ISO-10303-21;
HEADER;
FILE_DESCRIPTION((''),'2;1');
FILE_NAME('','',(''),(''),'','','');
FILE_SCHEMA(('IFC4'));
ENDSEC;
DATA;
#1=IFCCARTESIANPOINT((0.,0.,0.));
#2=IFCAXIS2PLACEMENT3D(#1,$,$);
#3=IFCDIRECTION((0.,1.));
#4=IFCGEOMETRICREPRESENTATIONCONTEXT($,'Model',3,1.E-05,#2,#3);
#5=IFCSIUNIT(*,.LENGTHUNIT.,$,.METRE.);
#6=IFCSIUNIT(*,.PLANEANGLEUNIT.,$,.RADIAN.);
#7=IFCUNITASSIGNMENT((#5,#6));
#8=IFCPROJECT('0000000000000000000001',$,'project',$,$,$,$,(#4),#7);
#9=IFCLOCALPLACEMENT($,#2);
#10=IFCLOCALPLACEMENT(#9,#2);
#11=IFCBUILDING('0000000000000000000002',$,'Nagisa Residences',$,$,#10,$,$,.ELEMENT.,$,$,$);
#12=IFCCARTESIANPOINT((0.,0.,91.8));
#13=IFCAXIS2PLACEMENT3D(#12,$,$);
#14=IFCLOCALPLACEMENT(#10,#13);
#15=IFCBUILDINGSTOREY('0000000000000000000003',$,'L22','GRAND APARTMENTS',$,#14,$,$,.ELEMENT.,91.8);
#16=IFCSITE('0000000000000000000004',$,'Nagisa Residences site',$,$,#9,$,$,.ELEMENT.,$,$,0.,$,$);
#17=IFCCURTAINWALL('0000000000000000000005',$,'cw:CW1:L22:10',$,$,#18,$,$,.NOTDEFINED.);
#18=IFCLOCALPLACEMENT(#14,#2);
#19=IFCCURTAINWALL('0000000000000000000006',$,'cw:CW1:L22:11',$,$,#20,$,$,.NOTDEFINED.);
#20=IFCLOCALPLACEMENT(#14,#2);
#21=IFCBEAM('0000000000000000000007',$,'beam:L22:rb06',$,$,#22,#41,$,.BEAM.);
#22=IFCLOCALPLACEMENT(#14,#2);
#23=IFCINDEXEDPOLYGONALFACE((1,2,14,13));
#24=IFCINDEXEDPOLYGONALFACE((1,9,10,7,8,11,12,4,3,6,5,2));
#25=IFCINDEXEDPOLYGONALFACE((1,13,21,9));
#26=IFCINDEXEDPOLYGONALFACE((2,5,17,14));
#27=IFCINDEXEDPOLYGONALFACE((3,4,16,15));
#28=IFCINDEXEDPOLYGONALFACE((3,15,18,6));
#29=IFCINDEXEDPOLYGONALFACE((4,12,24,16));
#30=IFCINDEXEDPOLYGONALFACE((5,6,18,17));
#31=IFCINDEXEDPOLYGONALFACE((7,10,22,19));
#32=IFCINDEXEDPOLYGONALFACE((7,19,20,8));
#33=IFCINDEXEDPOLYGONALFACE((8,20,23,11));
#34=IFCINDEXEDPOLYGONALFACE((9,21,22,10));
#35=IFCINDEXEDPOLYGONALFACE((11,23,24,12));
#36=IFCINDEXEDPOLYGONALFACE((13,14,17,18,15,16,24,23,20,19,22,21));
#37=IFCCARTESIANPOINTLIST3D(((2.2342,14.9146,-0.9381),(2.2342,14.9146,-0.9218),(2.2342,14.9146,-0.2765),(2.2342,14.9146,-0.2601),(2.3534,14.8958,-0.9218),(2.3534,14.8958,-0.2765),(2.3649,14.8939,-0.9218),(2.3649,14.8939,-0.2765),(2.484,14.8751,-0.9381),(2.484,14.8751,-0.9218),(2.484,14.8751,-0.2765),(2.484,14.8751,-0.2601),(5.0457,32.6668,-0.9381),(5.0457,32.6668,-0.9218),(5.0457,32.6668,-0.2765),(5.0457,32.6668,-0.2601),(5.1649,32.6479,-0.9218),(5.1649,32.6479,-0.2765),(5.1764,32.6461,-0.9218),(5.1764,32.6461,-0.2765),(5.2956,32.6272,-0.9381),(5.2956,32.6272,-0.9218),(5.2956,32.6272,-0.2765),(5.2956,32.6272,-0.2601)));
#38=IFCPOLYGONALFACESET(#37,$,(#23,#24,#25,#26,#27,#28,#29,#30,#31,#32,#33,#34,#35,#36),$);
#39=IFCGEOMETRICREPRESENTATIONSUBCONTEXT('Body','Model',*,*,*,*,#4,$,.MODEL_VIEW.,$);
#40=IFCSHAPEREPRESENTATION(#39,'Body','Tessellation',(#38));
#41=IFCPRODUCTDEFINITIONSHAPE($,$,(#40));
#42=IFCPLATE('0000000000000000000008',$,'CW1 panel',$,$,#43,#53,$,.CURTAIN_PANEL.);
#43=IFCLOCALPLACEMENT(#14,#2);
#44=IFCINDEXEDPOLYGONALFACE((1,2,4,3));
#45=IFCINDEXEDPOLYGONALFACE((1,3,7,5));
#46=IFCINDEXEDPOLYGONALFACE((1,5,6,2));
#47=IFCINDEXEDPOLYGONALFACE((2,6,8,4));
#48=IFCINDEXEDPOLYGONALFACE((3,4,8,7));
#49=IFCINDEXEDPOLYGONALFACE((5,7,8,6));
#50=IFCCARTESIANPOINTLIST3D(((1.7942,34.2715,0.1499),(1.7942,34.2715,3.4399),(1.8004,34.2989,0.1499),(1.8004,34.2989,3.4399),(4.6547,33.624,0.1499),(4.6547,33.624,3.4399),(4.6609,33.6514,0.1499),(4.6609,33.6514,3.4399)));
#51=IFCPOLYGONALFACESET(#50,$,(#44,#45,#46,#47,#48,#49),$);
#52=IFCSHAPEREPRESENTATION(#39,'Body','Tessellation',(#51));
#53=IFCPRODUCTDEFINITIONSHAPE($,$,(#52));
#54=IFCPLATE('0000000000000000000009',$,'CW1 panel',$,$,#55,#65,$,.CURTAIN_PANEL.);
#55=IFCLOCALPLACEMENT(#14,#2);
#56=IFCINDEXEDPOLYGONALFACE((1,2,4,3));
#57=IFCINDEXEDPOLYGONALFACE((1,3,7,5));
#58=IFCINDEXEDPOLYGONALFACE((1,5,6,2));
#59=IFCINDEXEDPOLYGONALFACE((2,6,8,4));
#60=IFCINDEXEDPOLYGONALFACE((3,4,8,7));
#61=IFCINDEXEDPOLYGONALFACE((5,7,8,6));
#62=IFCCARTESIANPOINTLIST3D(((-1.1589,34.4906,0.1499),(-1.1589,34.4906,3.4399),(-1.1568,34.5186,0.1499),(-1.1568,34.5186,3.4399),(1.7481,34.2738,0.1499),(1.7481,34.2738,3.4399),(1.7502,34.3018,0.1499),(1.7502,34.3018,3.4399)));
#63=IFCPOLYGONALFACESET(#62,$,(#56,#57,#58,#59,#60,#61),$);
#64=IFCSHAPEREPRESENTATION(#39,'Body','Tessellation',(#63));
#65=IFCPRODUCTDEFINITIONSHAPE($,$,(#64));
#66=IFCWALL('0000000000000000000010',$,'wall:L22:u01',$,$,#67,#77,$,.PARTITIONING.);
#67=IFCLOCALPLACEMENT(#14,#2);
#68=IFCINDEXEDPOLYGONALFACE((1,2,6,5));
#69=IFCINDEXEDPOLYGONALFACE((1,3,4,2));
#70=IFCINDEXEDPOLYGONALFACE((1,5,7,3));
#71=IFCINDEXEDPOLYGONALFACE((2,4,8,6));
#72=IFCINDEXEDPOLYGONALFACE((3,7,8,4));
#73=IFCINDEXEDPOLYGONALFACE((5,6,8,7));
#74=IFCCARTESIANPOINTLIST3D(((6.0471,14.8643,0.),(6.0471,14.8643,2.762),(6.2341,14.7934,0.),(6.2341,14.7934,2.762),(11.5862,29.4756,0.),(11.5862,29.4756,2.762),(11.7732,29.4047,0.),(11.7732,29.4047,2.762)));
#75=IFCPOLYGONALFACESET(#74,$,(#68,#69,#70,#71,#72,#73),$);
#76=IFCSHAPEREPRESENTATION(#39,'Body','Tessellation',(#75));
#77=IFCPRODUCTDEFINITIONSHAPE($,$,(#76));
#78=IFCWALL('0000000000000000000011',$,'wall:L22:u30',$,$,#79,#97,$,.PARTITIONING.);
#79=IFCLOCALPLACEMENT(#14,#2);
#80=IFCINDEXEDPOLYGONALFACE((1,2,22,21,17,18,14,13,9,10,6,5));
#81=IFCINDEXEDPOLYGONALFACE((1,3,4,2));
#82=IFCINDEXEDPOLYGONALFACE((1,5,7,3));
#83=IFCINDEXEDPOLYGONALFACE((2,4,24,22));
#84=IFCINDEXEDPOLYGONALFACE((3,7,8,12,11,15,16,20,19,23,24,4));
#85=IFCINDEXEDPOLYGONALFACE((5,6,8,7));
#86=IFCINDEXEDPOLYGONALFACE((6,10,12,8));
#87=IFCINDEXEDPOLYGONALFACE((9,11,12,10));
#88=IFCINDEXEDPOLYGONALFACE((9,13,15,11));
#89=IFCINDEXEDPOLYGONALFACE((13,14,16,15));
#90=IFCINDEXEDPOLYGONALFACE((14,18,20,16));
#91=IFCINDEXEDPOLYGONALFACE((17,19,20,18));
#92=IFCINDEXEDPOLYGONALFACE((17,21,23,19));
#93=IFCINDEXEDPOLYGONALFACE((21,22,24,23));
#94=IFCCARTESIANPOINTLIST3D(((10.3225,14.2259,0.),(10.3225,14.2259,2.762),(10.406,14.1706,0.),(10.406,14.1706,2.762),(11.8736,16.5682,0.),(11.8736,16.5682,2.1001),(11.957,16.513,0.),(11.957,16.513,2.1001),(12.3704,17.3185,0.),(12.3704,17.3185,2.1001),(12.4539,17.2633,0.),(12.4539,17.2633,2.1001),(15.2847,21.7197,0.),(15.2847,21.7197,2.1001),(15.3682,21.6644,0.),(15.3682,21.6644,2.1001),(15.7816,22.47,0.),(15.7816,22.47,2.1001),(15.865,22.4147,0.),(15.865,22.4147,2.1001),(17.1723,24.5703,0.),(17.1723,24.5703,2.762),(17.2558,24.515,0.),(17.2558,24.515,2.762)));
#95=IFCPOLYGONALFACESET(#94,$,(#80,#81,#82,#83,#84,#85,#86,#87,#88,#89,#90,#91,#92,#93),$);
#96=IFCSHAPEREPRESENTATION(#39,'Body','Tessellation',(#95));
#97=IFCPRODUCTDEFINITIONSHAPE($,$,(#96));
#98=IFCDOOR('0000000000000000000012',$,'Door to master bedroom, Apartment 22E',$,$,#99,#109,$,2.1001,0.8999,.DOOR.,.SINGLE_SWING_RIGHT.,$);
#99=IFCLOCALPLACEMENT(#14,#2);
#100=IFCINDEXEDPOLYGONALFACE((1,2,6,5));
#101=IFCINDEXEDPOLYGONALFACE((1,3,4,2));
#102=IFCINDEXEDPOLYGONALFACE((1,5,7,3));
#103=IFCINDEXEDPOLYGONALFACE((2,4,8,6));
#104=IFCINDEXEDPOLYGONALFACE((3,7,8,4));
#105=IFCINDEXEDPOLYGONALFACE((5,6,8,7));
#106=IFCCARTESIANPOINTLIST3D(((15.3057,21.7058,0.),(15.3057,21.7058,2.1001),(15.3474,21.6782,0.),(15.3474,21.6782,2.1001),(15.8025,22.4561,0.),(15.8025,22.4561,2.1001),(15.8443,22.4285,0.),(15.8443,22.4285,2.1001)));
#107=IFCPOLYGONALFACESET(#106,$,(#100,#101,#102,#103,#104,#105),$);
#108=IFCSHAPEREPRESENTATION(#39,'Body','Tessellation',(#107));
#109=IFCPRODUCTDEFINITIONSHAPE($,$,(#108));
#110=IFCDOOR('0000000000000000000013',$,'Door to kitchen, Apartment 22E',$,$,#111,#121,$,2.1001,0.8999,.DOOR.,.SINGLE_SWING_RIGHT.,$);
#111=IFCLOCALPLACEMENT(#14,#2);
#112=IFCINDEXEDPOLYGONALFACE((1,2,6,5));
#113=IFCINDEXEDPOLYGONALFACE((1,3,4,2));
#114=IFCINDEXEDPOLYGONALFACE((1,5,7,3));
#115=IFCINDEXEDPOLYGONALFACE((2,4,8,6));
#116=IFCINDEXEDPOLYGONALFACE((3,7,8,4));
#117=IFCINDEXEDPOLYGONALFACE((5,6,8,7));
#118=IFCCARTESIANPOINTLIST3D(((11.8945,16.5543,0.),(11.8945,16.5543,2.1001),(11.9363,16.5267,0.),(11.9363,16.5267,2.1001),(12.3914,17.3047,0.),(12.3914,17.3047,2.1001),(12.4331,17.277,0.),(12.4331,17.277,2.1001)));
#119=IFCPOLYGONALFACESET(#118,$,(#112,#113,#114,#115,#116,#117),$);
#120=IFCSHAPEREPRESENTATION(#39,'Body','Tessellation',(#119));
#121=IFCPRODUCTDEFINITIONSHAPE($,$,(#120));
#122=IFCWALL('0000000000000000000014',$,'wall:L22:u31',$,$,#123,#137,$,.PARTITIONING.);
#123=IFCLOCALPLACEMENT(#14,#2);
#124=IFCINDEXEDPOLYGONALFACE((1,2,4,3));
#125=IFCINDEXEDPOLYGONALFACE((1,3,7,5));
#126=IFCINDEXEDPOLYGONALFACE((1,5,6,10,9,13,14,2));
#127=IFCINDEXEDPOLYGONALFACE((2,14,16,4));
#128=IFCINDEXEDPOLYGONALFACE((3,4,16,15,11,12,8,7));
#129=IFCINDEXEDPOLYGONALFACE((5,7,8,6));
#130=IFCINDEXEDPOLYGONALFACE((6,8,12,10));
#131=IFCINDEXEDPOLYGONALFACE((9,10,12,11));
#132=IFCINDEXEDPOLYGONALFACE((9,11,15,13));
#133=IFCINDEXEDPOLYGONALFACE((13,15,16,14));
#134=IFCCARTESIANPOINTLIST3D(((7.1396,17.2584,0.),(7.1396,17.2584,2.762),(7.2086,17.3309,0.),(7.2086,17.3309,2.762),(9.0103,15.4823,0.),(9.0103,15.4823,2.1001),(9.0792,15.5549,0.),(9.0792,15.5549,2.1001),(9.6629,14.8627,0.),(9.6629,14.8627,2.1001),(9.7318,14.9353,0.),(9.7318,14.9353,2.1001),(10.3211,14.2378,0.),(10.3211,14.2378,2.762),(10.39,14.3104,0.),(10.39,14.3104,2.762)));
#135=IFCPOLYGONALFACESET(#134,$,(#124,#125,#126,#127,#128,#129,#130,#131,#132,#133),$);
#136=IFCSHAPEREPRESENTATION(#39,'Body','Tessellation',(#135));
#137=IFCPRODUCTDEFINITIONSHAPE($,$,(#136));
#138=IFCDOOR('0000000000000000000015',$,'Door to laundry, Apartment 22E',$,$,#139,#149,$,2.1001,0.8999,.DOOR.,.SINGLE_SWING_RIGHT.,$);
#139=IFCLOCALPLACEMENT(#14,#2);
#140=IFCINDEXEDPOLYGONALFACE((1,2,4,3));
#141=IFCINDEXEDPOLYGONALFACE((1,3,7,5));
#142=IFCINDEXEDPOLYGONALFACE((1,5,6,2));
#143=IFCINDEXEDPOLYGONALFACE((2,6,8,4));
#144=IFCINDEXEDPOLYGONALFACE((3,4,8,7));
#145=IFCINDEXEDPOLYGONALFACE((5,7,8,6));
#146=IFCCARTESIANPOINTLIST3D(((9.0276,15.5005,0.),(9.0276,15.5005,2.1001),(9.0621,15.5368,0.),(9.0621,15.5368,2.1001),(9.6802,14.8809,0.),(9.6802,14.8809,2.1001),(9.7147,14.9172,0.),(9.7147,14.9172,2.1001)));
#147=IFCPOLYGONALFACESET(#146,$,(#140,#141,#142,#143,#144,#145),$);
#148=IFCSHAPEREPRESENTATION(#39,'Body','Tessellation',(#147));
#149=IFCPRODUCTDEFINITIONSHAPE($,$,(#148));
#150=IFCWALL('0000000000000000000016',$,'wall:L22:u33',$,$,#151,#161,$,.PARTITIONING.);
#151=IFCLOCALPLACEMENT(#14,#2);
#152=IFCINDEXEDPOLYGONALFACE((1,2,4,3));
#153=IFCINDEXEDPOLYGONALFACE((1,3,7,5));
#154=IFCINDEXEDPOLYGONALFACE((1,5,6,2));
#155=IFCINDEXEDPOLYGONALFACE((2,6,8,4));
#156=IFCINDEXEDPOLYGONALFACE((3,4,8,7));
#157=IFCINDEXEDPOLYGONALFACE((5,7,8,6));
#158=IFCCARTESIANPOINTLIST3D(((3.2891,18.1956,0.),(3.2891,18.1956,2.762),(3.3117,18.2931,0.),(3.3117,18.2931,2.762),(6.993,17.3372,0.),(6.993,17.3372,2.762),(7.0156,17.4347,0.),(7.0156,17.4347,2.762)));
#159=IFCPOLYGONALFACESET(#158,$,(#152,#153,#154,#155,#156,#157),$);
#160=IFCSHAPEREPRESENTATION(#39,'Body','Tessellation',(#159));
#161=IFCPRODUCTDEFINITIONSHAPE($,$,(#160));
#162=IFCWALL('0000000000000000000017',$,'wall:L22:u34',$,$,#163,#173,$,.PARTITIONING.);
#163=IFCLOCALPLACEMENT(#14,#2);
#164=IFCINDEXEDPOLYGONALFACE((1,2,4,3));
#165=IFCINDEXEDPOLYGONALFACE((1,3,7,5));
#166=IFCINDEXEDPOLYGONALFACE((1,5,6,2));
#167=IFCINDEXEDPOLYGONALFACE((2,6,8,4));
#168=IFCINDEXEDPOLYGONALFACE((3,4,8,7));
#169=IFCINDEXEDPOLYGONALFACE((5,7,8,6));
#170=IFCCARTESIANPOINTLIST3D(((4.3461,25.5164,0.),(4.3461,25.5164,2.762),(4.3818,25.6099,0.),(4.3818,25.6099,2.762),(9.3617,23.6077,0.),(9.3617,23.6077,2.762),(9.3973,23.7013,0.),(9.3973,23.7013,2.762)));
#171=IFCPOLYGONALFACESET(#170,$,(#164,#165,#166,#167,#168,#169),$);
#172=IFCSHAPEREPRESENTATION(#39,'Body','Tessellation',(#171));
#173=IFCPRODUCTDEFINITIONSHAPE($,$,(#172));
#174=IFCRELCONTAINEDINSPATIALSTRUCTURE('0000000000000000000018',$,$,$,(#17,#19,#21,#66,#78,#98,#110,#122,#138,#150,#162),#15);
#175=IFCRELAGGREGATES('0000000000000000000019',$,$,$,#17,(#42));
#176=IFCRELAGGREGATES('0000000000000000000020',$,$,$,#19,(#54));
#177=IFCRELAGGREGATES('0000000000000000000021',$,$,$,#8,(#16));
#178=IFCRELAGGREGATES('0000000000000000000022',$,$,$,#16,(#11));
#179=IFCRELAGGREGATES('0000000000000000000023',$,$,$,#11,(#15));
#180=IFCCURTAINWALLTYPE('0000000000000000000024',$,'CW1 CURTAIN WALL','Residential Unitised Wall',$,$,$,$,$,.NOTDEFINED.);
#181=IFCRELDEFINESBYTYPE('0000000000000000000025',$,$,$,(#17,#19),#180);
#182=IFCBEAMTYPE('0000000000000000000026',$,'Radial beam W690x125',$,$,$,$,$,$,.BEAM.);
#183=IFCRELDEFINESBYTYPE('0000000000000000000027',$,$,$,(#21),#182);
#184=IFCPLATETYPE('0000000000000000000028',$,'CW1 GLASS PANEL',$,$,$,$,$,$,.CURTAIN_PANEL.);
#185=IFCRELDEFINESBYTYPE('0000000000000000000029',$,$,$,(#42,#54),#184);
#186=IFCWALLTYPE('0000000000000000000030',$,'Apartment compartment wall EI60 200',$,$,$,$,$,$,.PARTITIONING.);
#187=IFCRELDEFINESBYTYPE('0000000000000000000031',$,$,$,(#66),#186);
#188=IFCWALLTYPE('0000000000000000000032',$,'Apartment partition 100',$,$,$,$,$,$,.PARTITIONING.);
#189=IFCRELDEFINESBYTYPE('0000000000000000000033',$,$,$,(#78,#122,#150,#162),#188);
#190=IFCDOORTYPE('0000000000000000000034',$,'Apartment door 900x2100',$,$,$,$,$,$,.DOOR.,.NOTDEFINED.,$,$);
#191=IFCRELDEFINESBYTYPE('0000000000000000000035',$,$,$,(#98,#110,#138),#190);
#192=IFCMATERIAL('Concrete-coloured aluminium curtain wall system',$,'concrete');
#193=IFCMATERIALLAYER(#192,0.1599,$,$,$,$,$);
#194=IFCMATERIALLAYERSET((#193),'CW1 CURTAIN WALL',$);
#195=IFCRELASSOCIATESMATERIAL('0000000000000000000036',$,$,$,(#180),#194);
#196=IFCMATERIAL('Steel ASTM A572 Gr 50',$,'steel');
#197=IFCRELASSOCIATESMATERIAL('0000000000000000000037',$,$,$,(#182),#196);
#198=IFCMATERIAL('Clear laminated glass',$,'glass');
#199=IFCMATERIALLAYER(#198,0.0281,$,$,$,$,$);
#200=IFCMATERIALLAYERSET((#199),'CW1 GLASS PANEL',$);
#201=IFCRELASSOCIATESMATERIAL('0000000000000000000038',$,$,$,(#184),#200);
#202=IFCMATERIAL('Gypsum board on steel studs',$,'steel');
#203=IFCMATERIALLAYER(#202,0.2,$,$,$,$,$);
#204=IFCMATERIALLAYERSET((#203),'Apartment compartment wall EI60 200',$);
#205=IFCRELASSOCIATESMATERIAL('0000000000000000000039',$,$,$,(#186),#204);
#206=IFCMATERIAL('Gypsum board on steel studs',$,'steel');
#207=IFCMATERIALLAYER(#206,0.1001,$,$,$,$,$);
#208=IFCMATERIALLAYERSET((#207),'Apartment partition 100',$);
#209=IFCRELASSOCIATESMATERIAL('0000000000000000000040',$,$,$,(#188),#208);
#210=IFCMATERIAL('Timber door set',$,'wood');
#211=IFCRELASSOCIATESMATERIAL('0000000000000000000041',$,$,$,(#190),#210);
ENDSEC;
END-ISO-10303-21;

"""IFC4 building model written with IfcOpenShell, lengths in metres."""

from ifc_helpers import new_model, si_unit, direction, frame, frame_2d, origin, origin_2d, place, context, subcontext, project, spatial, rectangle, i_section, extrude, material, layer, layer_set, material_profile, profile_set, type_object, element, fill, aggregate, save


model = new_model("IFC4")

# Units and contexts
model_context = context("Model", 3, precision=1e-05, world=origin(), true_north=direction((0.0, 1.0)))
body_context = subcontext(model_context, "Body", "Model", "MODEL_VIEW")
ifc_project = project(units=[si_unit("LENGTHUNIT", "METRE"), si_unit("PLANEANGLEUNIT", "RADIAN")], contexts=[model_context])

# Site, building, storey
site_placement = place(None, origin())
site = spatial("IfcSite", under=ifc_project, at=site_placement, Name="Nagisa Residences site", CompositionType="ELEMENT", RefElevation=0.0)
building_placement = place(site_placement, origin())
building = spatial("IfcBuilding", under=site, at=building_placement, Name="Nagisa Residences", CompositionType="ELEMENT")
storey_placement = place(building_placement, frame((0.0, 0.0, 91.8)))
storey = spatial("IfcBuildingStorey", under=building, at=storey_placement, Name="L22", Description="GRAND APARTMENTS", CompositionType="ELEMENT", Elevation=91.8)

# Curtain walls
ifc_material_1 = material(Name="Concrete-coloured aluminium curtain wall system", Category="concrete")
ifc_layer_1 = layer(ifc_material_1, 0.1599)
ifc_layer_set_1 = layer_set([ifc_layer_1], Name="CW1 CURTAIN WALL")
curtain_wall_type = type_object("IfcCurtainWallType", Name="CW1 CURTAIN WALL", Description="Residential Unitised Wall", PredefinedType="NOTDEFINED", material=ifc_layer_set_1)
curtain_wall_1_placement = place(storey_placement, origin())
curtain_wall_1 = element("IfcCurtainWall", 1, at=curtain_wall_1_placement, inside=storey, type_object=curtain_wall_type, Name="cw:CW1:L22:10", PredefinedType="NOTDEFINED")
curtain_wall_2_placement = place(storey_placement, origin())
curtain_wall_2 = element("IfcCurtainWall", 2, at=curtain_wall_2_placement, inside=storey, type_object=curtain_wall_type, Name="cw:CW1:L22:11", PredefinedType="NOTDEFINED")

# Beam
ifc_material_2 = material(Name="Steel ASTM A572 Gr 50", Category="steel")
ifc_material_profile_1 = material_profile(ifc_material_2, i_section(OverallWidth=0.2529, OverallDepth=0.678, WebThickness=0.0117, FlangeThickness=0.0164, at=origin_2d()), Name="W690x125")
ifc_profile_set_1 = profile_set([ifc_material_profile_1], Name="Steel ASTM A572 Gr 50")
beam_type_1 = type_object("IfcBeamType", Name="Radial beam W690x125", PredefinedType="BEAM", material=ifc_profile_set_1)
beam_1_placement = place(storey_placement, frame((5.1707, 32.647, -0.5991), z_axis=(-0.156426, -0.98769, 0.0), x_axis=(0.98769, -0.156426, 0.0)))
element("IfcBeam", 3, at=beam_1_placement, inside=storey, type_object=beam_type_1, Name="beam:L22:rb06", PredefinedType="BEAM", context=body_context, shape_type="SweptSolid", body=[
    extrude(i_section(OverallWidth=0.2529, OverallDepth=0.678, WebThickness=0.0117, FlangeThickness=0.0164, at=origin_2d()), origin(), (0.0, 0.0, 1.0), 17.9734),
])

# Plates
ifc_material_3 = material(Name="Clear laminated glass", Category="glass")
ifc_layer_2 = layer(ifc_material_3, 0.0281)
ifc_layer_set_2 = layer_set([ifc_layer_2], Name="CW1 GLASS PANEL")
plate_type = type_object("IfcPlateType", Name="CW1 GLASS PANEL", PredefinedType="CURTAIN_PANEL", material=ifc_layer_set_2)
plate_1_placement = place(storey_placement, frame((3.2275, 33.9614, 0.1499), z_axis=(0.0, 0.0, 1.0), x_axis=(-0.975327, 0.220764, 0.0)))
plate_1 = element("IfcPlate", 4, at=plate_1_placement, type_object=plate_type, Name="CW1 panel", PredefinedType="CURTAIN_PANEL", context=body_context, shape_type="SweptSolid", body=[
    extrude(rectangle(XDim=2.9329, YDim=0.0281, at=origin_2d()), origin(), (0.0, 0.0, 1.0), 3.29),
])
aggregate(curtain_wall_1, [plate_1])
plate_2_placement = place(storey_placement, frame((0.2957, 34.3962, 0.1499), z_axis=(0.0, 0.0, 1.0), x_axis=(-0.99723, 0.074377, 0.0)))
plate_2 = element("IfcPlate", 5, at=plate_2_placement, type_object=plate_type, Name="CW1 panel", PredefinedType="CURTAIN_PANEL", context=body_context, shape_type="SweptSolid", body=[
    extrude(rectangle(XDim=2.915, YDim=0.0281, at=origin_2d()), origin(), (0.0, 0.0, 1.0), 3.29),
])
aggregate(curtain_wall_2, [plate_2])

# Wall
ifc_material_4 = material(Name="Gypsum board on steel studs", Category="steel")
ifc_layer_3 = layer(ifc_material_4, 0.2)
ifc_layer_set_3 = layer_set([ifc_layer_3], Name="Apartment compartment wall EI60 200")
wall_type_1 = type_object("IfcWallType", Name="Apartment compartment wall EI60 200", PredefinedType="PARTITIONING", material=ifc_layer_set_3)
wall_1_placement = place(storey_placement, frame((6.1406, 14.8289, 0.0), z_axis=(0.0, 0.0, 1.0), x_axis=(0.354477, 0.935065, 0.0)))
element("IfcWall", 6, at=wall_1_placement, inside=storey, type_object=wall_type_1, Name="wall:L22:u01", PredefinedType="PARTITIONING", context=body_context, shape_type="SweptSolid", body=[
    extrude(rectangle(XDim=15.626, YDim=0.2, at=frame_2d((7.813, 0.0))), origin(), (0.0, 0.0, 1.0), 2.762),
])

# Wall, openings, doors
ifc_material_5 = material(Name="Gypsum board on steel studs", Category="steel")
ifc_layer_4 = layer(ifc_material_5, 0.1001)
ifc_layer_set_4 = layer_set([ifc_layer_4], Name="Apartment partition 100")
wall_type_2 = type_object("IfcWallType", Name="Apartment partition 100", PredefinedType="PARTITIONING", material=ifc_layer_set_4)
wall_2_placement = place(storey_placement, frame((10.3643, 14.1982, 0.0), z_axis=(0.0, 0.0, 1.0), x_axis=(0.552105, 0.833775, 0.0)))
wall_2 = element("IfcWall", 7, at=wall_2_placement, inside=storey, type_object=wall_type_2, Name="wall:L22:u30", PredefinedType="PARTITIONING", context=body_context, shape_type="SweptSolid", body=[
    extrude(rectangle(XDim=12.4067, YDim=0.1001, at=frame_2d((6.2034, 0.0))), origin(), (0.0, 0.0, 1.0), 2.762),
])
opening_1_placement = place(wall_2_placement, frame((8.9878, 0.0, 0.0)))
opening_1 = element("IfcOpeningElement", 8, at=opening_1_placement, cuts=wall_2, PredefinedType="OPENING", context=body_context, shape_type="SweptSolid", body=[
    extrude(rectangle(XDim=0.8999, YDim=2.1001, at=frame_2d((0.45, 1.05))), frame((0.0, 0.0601, 0.0), z_axis=(0.0, -1.0, 0.0), x_axis=(1.0, 0.0, 0.0)), (0.0, 0.0, 1.0), 0.1201),
])
opening_2_placement = place(wall_2_placement, frame((2.8093, 0.0, 0.0)))
opening_2 = element("IfcOpeningElement", 9, at=opening_2_placement, cuts=wall_2, PredefinedType="OPENING", context=body_context, shape_type="SweptSolid", body=[
    extrude(rectangle(XDim=0.8999, YDim=2.1001, at=frame_2d((0.45, 1.05))), frame((0.0, 0.0601, 0.0), z_axis=(0.0, -1.0, 0.0), x_axis=(1.0, 0.0, 0.0)), (0.0, 0.0, 1.0), 0.1201),
])
ifc_material_6 = material(Name="Timber door set", Category="wood")
door_type_1 = type_object("IfcDoorType", Name="Apartment door 900x2100", OperationType="NOTDEFINED", PredefinedType="DOOR", material=ifc_material_6)
door_1_placement = place(opening_1_placement, origin())
door_1 = element("IfcDoor", 10, at=door_1_placement, inside=storey, type_object=door_type_1, Name="Door to master bedroom, Apartment 22E", OperationType="SINGLE_SWING_RIGHT", OverallHeight=2.1001, OverallWidth=0.8999, PredefinedType="DOOR", context=body_context, shape_type="SweptSolid", body=[
    extrude(rectangle(XDim=0.8999, YDim=2.1001, at=frame_2d((0.45, 1.05))), frame((0.0, 0.0249, 0.0), z_axis=(0.0, -1.0, 0.0), x_axis=(1.0, 0.0, 0.0)), (0.0, 0.0, 1.0), 0.05),
])
fill(opening_1, door_1)
door_2_placement = place(opening_2_placement, origin())
door_2 = element("IfcDoor", 11, at=door_2_placement, inside=storey, type_object=door_type_1, Name="Door to kitchen, Apartment 22E", OperationType="SINGLE_SWING_RIGHT", OverallHeight=2.1001, OverallWidth=0.8999, PredefinedType="DOOR", context=body_context, shape_type="SweptSolid", body=[
    extrude(rectangle(XDim=0.8999, YDim=2.1001, at=frame_2d((0.45, 1.05))), frame((0.0, 0.0249, 0.0), z_axis=(0.0, -1.0, 0.0), x_axis=(1.0, 0.0, 0.0)), (0.0, 0.0, 1.0), 0.05),
])
fill(opening_2, door_2)

# Wall, opening, door
wall_3_placement = place(storey_placement, frame((10.3555, 14.2742, 0.0), z_axis=(0.0, 0.0, 1.0), x_axis=(-0.725206, 0.688532, 0.0)))
wall_3 = element("IfcWall", 12, at=wall_3_placement, inside=storey, type_object=wall_type_2, Name="wall:L22:u31", PredefinedType="PARTITIONING", context=body_context, shape_type="SweptSolid", body=[
    extrude(rectangle(XDim=4.387, YDim=0.1001, at=frame_2d((2.1934, 0.0))), origin(), (0.0, 0.0, 1.0), 2.762),
])
opening_3_placement = place(wall_3_placement, frame((0.9075, 0.0, 0.0)))
opening_3 = element("IfcOpeningElement", 13, at=opening_3_placement, cuts=wall_3, PredefinedType="OPENING", context=body_context, shape_type="SweptSolid", body=[
    extrude(rectangle(XDim=0.8999, YDim=2.1001, at=frame_2d((0.45, 1.05))), frame((0.0, 0.0601, 0.0), z_axis=(0.0, -1.0, 0.0), x_axis=(1.0, 0.0, 0.0)), (0.0, 0.0, 1.0), 0.1201),
])
door_3_placement = place(opening_3_placement, origin())
door_3 = element("IfcDoor", 14, at=door_3_placement, inside=storey, type_object=door_type_1, Name="Door to laundry, Apartment 22E", OperationType="SINGLE_SWING_RIGHT", OverallHeight=2.1001, OverallWidth=0.8999, PredefinedType="DOOR", context=body_context, shape_type="SweptSolid", body=[
    extrude(rectangle(XDim=0.8999, YDim=2.1001, at=frame_2d((0.45, 1.05))), frame((0.0, 0.0249, 0.0), z_axis=(0.0, -1.0, 0.0), x_axis=(1.0, 0.0, 0.0)), (0.0, 0.0, 1.0), 0.05),
])
fill(opening_3, door_3)

# Walls
wall_4_placement = place(storey_placement, frame((7.0042, 17.386, 0.0), z_axis=(0.0, 0.0, 1.0), x_axis=(-0.97418, 0.225774, 0.0)))
element("IfcWall", 15, at=wall_4_placement, inside=storey, type_object=wall_type_2, Name="wall:L22:u33", PredefinedType="PARTITIONING", context=body_context, shape_type="SweptSolid", body=[
    extrude(rectangle(XDim=3.802, YDim=0.1001, at=frame_2d((1.9009, 0.0))), origin(), (0.0, 0.0, 1.0), 2.762),
])
wall_5_placement = place(storey_placement, frame((9.3794, 23.6545, 0.0), z_axis=(0.0, 0.0, 1.0), x_axis=(-0.934613, 0.355666, 0.0)))
element("IfcWall", 16, at=wall_5_placement, inside=storey, type_object=wall_type_2, Name="wall:L22:u34", PredefinedType="PARTITIONING", context=body_context, shape_type="SweptSolid", body=[
    extrude(rectangle(XDim=5.3665, YDim=0.1001, at=frame_2d((2.6831, 0.0))), origin(), (0.0, 0.0, 1.0), 2.762),
])

save(model, "model.ifc")
